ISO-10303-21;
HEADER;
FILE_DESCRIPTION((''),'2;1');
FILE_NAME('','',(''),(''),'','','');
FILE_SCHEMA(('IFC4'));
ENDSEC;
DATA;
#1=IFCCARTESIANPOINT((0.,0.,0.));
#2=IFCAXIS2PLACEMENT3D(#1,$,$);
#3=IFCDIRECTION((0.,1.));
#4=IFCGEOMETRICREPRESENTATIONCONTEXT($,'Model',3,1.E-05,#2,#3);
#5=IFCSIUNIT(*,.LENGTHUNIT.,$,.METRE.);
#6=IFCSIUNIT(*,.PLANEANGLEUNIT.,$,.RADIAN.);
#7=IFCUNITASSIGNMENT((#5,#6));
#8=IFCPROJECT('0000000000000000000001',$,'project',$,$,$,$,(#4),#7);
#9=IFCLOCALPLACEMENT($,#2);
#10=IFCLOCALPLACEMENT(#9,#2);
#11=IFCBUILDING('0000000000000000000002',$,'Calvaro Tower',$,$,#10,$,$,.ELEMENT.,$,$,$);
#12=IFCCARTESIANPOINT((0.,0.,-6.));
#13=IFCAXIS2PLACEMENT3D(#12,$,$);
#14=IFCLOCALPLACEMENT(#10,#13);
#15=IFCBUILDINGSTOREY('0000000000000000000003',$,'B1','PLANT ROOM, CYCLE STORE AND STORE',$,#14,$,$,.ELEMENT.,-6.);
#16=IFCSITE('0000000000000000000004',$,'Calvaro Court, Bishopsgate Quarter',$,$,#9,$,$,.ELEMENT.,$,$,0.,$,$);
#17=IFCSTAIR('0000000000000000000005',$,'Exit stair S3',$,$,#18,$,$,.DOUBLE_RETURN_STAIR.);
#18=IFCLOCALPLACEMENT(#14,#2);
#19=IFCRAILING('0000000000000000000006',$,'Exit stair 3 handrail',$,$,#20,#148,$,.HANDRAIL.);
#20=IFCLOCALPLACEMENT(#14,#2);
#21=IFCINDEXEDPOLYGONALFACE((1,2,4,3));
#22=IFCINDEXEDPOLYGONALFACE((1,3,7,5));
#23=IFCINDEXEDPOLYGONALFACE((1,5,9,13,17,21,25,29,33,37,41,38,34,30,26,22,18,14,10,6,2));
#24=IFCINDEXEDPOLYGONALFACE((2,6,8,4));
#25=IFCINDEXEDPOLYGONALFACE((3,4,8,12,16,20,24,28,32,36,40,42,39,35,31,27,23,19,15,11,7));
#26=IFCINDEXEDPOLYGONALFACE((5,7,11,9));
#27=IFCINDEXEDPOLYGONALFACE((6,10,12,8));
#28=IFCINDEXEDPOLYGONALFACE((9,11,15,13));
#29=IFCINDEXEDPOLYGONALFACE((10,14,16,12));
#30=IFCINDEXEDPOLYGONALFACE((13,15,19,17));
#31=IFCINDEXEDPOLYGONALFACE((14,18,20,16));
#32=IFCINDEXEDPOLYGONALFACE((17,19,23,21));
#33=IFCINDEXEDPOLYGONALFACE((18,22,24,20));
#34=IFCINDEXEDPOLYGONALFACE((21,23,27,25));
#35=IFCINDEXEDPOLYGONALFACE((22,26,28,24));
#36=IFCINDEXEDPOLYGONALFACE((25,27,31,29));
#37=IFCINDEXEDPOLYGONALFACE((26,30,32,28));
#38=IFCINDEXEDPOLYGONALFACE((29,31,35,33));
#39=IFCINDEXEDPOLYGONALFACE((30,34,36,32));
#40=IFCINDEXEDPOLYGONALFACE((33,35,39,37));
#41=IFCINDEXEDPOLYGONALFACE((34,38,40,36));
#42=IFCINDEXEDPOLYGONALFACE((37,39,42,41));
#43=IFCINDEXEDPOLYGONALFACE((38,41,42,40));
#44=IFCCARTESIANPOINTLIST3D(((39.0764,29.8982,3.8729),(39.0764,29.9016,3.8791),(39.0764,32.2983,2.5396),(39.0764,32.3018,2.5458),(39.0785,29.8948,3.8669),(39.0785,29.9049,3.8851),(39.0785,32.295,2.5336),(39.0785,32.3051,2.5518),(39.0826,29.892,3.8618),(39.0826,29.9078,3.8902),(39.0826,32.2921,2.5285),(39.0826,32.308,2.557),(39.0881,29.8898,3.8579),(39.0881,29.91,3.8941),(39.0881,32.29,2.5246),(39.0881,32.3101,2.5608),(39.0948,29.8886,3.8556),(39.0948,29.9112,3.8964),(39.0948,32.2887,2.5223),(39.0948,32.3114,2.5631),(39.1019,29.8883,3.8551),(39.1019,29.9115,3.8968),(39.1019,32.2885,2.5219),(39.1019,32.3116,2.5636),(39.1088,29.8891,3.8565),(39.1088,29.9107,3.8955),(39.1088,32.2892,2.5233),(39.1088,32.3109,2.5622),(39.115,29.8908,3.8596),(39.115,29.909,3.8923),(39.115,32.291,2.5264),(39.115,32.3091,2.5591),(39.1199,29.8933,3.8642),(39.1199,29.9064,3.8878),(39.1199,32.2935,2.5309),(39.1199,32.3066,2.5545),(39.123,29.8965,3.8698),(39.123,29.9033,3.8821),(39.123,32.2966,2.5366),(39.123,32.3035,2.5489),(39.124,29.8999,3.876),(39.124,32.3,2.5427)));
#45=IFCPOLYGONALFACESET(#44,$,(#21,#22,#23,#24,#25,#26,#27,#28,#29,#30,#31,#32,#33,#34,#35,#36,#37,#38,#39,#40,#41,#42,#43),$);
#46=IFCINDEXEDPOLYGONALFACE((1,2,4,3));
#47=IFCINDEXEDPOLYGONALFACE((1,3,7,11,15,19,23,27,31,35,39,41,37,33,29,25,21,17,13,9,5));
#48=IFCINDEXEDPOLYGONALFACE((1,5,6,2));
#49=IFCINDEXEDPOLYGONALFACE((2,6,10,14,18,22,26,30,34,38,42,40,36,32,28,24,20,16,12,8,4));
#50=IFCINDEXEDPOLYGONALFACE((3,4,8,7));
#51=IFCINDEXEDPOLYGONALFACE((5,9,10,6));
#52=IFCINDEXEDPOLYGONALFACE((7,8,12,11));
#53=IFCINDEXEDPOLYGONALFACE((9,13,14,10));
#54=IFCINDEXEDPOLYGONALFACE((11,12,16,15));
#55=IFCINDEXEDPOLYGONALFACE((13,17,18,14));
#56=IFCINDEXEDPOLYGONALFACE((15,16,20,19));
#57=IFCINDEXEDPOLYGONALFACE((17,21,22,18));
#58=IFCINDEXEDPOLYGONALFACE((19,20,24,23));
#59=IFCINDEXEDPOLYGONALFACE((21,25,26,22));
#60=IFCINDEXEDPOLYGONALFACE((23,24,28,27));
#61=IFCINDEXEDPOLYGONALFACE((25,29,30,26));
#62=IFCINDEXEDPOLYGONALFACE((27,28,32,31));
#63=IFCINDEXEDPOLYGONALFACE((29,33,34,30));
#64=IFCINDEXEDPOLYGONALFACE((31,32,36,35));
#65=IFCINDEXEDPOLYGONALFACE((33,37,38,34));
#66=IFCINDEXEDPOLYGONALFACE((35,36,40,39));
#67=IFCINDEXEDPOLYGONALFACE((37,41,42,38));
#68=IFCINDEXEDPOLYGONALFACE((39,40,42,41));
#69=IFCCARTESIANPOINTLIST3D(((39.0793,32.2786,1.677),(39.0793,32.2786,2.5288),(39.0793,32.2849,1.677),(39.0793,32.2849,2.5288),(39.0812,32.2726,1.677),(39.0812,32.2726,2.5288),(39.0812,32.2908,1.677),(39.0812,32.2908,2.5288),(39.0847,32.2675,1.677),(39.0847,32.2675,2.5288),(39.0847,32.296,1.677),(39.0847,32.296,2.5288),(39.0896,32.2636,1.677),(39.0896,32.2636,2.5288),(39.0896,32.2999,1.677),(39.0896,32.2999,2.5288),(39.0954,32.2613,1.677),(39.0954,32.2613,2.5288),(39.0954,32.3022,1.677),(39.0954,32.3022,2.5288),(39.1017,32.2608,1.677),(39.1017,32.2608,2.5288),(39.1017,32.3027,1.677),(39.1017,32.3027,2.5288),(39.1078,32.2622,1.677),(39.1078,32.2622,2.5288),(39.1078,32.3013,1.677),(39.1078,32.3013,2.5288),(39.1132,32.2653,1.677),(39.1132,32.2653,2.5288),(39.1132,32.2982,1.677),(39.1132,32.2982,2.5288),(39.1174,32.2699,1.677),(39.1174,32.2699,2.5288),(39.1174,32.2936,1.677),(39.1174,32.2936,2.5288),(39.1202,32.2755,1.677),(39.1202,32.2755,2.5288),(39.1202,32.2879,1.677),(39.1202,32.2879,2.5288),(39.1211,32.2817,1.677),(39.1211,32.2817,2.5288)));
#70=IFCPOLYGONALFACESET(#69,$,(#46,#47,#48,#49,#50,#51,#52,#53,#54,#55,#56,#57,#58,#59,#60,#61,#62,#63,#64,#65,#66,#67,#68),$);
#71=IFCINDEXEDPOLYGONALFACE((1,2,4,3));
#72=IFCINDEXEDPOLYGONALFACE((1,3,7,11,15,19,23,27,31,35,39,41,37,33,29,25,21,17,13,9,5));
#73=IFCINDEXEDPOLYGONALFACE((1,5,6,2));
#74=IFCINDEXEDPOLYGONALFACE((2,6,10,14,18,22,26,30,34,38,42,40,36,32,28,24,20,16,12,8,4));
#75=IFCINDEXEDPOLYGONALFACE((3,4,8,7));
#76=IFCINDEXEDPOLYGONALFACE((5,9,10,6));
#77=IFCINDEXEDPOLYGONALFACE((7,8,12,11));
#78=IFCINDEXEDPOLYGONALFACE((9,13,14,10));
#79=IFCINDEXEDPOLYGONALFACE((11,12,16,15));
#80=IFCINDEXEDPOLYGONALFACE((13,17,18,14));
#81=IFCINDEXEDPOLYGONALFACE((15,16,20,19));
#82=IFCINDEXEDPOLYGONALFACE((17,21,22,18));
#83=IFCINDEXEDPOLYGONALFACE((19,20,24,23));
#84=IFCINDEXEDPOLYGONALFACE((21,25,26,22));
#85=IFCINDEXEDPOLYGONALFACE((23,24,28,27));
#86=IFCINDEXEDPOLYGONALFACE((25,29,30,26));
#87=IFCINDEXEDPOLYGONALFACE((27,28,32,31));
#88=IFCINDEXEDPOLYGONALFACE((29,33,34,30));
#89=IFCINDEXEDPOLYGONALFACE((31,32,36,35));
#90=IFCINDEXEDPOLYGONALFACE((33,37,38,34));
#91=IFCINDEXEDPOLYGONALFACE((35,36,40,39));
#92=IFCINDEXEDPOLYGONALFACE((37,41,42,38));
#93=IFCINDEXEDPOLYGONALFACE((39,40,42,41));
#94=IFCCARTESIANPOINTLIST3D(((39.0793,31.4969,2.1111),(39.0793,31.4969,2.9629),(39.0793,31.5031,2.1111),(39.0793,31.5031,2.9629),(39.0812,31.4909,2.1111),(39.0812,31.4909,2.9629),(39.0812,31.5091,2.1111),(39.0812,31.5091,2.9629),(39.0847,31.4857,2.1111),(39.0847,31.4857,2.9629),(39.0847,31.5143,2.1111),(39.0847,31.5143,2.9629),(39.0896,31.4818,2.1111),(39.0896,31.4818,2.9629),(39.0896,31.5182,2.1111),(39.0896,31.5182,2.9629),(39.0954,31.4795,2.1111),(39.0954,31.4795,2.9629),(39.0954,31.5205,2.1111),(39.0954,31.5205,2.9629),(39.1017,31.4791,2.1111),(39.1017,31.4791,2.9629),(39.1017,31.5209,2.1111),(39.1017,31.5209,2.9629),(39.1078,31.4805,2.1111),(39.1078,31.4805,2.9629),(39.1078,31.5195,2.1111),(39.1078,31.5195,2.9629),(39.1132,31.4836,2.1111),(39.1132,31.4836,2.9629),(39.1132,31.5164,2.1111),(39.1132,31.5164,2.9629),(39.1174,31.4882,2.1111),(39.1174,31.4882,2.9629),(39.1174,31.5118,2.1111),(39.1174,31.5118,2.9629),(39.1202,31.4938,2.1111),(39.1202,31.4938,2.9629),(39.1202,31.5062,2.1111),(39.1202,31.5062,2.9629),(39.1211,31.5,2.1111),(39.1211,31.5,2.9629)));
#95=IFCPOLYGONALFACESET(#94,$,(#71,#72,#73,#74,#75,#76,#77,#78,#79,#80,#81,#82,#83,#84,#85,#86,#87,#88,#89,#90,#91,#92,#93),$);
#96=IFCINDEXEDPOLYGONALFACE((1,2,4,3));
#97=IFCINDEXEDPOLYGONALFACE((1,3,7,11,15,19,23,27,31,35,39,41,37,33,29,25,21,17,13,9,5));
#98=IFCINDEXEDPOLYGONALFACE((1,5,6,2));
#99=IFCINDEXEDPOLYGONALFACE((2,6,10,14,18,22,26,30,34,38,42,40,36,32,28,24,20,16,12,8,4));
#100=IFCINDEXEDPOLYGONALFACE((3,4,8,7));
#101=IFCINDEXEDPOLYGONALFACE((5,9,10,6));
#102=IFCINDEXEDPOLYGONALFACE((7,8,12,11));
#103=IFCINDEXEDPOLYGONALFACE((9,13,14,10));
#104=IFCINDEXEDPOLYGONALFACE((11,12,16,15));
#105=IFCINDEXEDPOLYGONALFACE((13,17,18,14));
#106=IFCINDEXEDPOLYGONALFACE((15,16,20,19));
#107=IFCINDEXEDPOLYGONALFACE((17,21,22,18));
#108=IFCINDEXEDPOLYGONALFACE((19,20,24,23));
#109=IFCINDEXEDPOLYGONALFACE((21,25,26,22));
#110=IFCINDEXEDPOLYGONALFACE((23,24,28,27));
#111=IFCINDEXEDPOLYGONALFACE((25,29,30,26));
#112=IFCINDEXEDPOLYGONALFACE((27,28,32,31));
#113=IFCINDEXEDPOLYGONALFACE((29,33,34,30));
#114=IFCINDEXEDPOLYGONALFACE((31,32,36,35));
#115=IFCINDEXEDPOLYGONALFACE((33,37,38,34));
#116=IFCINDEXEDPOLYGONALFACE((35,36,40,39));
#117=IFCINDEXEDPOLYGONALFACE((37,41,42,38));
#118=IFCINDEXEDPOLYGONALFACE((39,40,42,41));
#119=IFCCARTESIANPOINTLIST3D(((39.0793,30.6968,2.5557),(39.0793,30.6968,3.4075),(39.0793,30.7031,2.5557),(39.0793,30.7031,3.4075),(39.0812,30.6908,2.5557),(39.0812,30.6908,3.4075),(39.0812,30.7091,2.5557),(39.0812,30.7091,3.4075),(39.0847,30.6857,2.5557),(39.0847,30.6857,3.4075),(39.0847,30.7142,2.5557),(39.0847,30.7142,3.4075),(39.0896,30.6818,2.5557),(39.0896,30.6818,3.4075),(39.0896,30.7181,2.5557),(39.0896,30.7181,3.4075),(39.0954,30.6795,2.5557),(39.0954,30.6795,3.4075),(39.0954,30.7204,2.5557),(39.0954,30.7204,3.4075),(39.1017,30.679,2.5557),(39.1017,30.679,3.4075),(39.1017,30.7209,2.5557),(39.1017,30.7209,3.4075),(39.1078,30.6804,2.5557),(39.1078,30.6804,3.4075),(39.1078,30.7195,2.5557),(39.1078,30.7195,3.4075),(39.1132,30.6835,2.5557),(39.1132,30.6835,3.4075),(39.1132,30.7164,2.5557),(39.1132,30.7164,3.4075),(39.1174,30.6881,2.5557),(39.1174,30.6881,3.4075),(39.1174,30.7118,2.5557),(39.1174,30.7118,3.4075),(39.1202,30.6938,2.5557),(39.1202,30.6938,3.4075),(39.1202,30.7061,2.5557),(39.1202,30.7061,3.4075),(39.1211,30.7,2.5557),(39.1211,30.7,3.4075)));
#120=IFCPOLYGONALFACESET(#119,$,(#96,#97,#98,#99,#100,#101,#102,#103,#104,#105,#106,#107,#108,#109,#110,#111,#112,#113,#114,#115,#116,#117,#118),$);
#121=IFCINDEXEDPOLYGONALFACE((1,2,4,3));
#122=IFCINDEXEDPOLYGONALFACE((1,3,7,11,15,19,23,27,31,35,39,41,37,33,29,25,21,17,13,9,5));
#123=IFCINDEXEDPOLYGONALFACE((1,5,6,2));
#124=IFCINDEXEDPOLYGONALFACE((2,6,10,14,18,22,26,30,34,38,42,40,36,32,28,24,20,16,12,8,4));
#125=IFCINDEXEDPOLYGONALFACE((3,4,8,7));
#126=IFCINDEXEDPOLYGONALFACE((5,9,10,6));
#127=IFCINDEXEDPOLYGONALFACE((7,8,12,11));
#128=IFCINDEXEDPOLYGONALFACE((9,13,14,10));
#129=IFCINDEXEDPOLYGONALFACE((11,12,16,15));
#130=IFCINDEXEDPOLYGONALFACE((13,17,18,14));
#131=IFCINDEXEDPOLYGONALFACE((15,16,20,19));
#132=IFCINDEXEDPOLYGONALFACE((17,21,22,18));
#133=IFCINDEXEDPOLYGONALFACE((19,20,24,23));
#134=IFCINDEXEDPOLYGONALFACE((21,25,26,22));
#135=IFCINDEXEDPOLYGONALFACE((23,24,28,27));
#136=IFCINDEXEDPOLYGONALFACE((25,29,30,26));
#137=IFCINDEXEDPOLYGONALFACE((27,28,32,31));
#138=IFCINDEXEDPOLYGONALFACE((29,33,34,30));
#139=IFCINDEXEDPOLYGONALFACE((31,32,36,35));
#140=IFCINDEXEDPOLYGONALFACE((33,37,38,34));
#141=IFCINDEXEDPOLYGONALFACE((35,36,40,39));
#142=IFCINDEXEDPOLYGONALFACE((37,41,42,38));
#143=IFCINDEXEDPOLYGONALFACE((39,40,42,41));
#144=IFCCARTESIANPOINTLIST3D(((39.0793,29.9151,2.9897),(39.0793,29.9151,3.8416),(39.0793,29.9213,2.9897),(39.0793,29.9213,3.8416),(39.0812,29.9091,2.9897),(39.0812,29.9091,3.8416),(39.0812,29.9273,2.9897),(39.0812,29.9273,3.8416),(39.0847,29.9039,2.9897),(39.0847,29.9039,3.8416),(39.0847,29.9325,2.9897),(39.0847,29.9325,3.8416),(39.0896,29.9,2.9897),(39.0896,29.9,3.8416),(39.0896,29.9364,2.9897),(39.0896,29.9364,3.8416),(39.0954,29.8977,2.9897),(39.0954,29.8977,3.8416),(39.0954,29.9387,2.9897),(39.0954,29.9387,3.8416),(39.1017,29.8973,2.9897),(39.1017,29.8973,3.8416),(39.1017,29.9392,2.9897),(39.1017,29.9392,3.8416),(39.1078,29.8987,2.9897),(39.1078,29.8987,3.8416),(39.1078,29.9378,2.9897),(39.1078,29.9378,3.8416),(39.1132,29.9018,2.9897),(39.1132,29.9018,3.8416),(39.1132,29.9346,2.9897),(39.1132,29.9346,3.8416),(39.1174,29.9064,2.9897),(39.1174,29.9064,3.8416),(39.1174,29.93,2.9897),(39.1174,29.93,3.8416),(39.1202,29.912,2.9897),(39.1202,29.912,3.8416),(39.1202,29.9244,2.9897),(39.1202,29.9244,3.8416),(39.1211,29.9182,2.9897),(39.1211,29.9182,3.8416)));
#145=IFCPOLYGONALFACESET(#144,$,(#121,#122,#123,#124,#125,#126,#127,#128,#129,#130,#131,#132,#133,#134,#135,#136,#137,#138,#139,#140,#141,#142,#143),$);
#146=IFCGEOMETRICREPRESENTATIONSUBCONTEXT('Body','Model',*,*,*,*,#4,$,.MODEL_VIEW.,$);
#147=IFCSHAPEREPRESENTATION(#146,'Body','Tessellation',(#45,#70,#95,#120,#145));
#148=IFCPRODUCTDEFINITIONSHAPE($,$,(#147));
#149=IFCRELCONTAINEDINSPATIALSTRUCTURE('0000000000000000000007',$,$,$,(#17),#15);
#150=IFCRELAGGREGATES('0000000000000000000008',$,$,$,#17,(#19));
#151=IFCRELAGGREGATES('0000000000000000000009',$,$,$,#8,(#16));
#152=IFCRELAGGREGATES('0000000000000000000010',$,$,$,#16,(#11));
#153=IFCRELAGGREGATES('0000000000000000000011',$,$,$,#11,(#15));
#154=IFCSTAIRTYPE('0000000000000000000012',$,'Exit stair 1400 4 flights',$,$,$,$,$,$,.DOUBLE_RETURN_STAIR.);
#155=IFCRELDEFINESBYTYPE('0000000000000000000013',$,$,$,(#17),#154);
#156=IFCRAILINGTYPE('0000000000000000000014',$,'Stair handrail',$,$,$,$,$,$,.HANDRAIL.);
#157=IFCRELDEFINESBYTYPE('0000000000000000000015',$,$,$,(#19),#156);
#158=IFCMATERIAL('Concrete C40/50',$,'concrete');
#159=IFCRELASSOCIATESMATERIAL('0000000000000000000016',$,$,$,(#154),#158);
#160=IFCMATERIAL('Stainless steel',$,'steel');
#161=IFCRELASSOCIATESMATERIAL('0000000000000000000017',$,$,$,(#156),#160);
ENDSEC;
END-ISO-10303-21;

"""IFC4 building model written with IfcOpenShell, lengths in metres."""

from ifc_helpers import new_model, si_unit, direction, frame, origin, origin_2d, place, context, subcontext, project, spatial, circle, extrude, material, type_object, element, aggregate, save


model = new_model("IFC4")

# Units and contexts
model_context = context("Model", 3, precision=1e-05, world=origin(), true_north=direction((0.0, 1.0)))
body_context = subcontext(model_context, "Body", "Model", "MODEL_VIEW")
ifc_project = project(units=[si_unit("LENGTHUNIT", "METRE"), si_unit("PLANEANGLEUNIT", "RADIAN")], contexts=[model_context])

# Site, building, storey
site_placement = place(None, origin())
site = spatial("IfcSite", under=ifc_project, at=site_placement, Name="Calvaro Court, Bishopsgate Quarter", CompositionType="ELEMENT", RefElevation=0.0)
building_placement = place(site_placement, origin())
building = spatial("IfcBuilding", under=site, at=building_placement, Name="Calvaro Tower", CompositionType="ELEMENT")
storey_placement = place(building_placement, frame((0.0, 0.0, -6.0)))
storey = spatial("IfcBuildingStorey", under=building, at=storey_placement, Name="B1", Description="PLANT ROOM, CYCLE STORE AND STORE", CompositionType="ELEMENT", Elevation=-6.0)

# Stair
ifc_material_1 = material(Name="Concrete C40/50", Category="concrete")
stair_type = type_object("IfcStairType", Name="Exit stair 1400 4 flights", PredefinedType="DOUBLE_RETURN_STAIR", material=ifc_material_1)
stair_1_placement = place(storey_placement, origin())
stair_1 = element("IfcStair", 1, at=stair_1_placement, inside=storey, type_object=stair_type, Name="Exit stair S3", PredefinedType="DOUBLE_RETURN_STAIR")

# Railing
ifc_material_2 = material(Name="Stainless steel", Category="steel")
railing_type = type_object("IfcRailingType", Name="Stair handrail", PredefinedType="HANDRAIL", material=ifc_material_2)
railing_1_placement = place(storey_placement, frame((39.1001, 32.3, 1.6667)))
railing_1 = element("IfcRailing", 2, at=railing_1_placement, type_object=railing_type, Name="Exit stair 3 handrail", PredefinedType="HANDRAIL", context=body_context, shape_type="SweptSolid", body=[
    extrude(circle(Radius=0.0239, at=origin_2d()), frame((0.0, 0.0, 0.876), z_axis=(0.0, -0.874182, 0.485598), x_axis=(1.0, 0.0, 0.0)), (0.0, 0.0, 1.0), 2.7456),
    extrude(circle(Radius=0.021, at=origin_2d()), frame((0.0, -0.0183, 0.0103)), (0.0, 0.0, 1.0), 0.8518),
    extrude(circle(Radius=0.021, at=origin_2d()), frame((0.0, -0.8, 0.4443)), (0.0, 0.0, 1.0), 0.8518),
    extrude(circle(Radius=0.021, at=origin_2d()), frame((0.0, -1.6001, 0.8889)), (0.0, 0.0, 1.0), 0.8518),
    extrude(circle(Radius=0.021, at=origin_2d()), frame((0.0, -2.3818, 1.323)), (0.0, 0.0, 1.0), 0.8518),
])
aggregate(stair_1, [railing_1])

save(model, "model.ifc")
